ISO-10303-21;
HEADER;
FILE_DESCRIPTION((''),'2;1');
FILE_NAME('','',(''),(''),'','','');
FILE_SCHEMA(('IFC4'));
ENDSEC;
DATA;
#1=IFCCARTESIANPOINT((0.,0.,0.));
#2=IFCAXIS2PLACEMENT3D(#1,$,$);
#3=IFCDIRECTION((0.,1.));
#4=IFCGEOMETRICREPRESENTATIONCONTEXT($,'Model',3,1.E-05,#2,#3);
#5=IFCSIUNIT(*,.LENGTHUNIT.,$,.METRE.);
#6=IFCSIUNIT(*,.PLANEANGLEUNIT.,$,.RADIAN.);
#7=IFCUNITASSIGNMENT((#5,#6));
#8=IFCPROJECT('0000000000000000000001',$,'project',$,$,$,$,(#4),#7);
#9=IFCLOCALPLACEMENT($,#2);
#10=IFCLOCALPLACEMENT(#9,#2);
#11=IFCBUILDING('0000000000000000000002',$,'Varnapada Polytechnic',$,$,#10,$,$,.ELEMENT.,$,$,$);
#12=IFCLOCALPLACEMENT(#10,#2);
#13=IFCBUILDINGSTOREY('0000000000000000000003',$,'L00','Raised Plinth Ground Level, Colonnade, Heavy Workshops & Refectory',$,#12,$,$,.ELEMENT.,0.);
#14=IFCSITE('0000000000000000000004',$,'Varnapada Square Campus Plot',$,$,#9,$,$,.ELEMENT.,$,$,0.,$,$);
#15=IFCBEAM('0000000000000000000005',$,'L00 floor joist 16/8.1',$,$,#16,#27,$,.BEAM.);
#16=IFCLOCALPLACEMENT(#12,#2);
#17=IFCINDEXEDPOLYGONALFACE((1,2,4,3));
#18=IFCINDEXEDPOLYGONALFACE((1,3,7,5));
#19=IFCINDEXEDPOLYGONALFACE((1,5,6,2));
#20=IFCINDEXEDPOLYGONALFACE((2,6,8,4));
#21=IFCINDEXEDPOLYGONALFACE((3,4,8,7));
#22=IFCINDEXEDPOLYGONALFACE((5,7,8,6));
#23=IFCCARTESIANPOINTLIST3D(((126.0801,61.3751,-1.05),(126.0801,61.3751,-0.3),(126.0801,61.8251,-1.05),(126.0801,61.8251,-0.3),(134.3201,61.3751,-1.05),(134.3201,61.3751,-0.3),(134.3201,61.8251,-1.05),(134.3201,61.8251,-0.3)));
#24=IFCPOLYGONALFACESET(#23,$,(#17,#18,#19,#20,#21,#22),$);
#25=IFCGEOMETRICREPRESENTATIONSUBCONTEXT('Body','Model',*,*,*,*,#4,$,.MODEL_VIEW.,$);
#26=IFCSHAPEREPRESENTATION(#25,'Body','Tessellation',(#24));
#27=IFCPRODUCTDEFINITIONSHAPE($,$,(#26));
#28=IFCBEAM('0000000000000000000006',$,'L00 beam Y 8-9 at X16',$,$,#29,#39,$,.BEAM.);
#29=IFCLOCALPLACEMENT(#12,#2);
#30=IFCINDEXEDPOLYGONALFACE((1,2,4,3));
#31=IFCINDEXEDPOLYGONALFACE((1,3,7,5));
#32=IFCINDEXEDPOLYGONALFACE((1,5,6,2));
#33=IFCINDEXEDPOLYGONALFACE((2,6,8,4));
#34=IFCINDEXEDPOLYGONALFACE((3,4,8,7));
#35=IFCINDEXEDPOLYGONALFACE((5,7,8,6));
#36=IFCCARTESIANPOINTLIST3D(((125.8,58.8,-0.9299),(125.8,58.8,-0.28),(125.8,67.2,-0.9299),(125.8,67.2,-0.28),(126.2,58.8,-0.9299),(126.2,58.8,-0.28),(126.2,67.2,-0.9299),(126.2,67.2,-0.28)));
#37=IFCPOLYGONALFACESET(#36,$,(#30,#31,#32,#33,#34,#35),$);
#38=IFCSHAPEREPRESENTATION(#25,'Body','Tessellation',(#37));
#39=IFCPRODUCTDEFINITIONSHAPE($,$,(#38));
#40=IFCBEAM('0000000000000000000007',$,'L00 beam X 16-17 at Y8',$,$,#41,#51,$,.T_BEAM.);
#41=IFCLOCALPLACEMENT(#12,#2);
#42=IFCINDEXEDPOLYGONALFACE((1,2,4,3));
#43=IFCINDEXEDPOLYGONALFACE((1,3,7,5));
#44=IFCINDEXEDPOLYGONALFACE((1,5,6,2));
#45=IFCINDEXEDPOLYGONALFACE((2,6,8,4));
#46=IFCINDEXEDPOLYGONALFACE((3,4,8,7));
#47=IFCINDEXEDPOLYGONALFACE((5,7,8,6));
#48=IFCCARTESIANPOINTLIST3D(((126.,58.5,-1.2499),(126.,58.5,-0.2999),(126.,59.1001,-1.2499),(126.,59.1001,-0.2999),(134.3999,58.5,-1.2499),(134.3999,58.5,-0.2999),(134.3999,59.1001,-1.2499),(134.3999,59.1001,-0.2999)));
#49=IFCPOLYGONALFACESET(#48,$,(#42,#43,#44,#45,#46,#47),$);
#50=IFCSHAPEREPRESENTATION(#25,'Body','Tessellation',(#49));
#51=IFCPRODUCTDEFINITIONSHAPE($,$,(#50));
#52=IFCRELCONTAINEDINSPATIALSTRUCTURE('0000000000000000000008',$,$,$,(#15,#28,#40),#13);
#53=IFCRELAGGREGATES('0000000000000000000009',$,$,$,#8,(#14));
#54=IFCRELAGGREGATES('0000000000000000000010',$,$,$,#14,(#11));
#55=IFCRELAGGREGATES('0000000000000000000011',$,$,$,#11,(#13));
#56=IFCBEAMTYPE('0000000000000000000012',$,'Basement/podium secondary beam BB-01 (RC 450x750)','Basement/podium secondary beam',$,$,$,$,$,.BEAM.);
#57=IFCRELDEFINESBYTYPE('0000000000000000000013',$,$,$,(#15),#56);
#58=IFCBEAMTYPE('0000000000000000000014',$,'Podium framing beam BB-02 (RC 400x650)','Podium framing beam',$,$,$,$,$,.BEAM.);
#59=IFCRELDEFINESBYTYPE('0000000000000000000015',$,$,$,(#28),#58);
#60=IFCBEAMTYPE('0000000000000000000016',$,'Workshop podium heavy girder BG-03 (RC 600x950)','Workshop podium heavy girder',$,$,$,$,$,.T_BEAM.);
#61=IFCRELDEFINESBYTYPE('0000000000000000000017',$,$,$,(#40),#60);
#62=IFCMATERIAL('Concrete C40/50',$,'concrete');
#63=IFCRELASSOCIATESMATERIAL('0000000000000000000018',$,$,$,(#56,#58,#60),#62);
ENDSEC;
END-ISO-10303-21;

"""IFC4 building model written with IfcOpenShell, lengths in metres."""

from ifc_helpers import new_model, si_unit, direction, frame, origin, origin_2d, place, context, subcontext, project, spatial, rectangle, extrude, material, material_profile, profile_set, type_object, element, save


model = new_model("IFC4")

# Units and contexts
model_context = context("Model", 3, precision=1e-05, world=origin(), true_north=direction((0.0, 1.0)))
body_context = subcontext(model_context, "Body", "Model", "MODEL_VIEW")
ifc_project = project(units=[si_unit("LENGTHUNIT", "METRE"), si_unit("PLANEANGLEUNIT", "RADIAN")], contexts=[model_context])

# Site, building, storey
site_placement = place(None, origin())
site = spatial("IfcSite", under=ifc_project, at=site_placement, Name="Varnapada Square Campus Plot", CompositionType="ELEMENT", RefElevation=0.0)
building_placement = place(site_placement, origin())
building = spatial("IfcBuilding", under=site, at=building_placement, Name="Varnapada Polytechnic", CompositionType="ELEMENT")
storey_placement = place(building_placement, origin())
storey = spatial("IfcBuildingStorey", under=building, at=storey_placement, Name="L00", Description="Raised Plinth Ground Level, Colonnade, Heavy Workshops & Refectory", CompositionType="ELEMENT", Elevation=0.0)

# Beams
ifc_material_1 = material(Name="Concrete C40/50", Category="concrete")
ifc_material_profile_1 = material_profile(ifc_material_1, rectangle(XDim=0.45, YDim=0.75, at=origin_2d()), Name="RC 450x750")
ifc_profile_set_1 = profile_set([ifc_material_profile_1], Name="Concrete C40/50")
beam_type_1 = type_object("IfcBeamType", Name="Basement/podium secondary beam BB-01 (RC 450x750)", Description="Basement/podium secondary beam", PredefinedType="BEAM", material=ifc_profile_set_1)
beam_1_placement = place(storey_placement, frame((126.0801, 61.6001, -0.675), z_axis=(1.0, 0.0, 0.0), x_axis=(0.0, 1.0, 0.0)))
element("IfcBeam", 1, at=beam_1_placement, inside=storey, type_object=beam_type_1, Name="L00 floor joist 16/8.1", PredefinedType="BEAM", context=body_context, shape_type="SweptSolid", body=[
    extrude(rectangle(XDim=0.45, YDim=0.75, at=origin_2d()), origin(), (0.0, 0.0, 1.0), 8.24),
])
ifc_material_profile_2 = material_profile(ifc_material_1, rectangle(XDim=0.3999, YDim=0.6499, at=origin_2d()), Name="RC 400x650")
ifc_profile_set_2 = profile_set([ifc_material_profile_2], Name="Concrete C40/50")
beam_type_2 = type_object("IfcBeamType", Name="Podium framing beam BB-02 (RC 400x650)", Description="Podium framing beam", PredefinedType="BEAM", material=ifc_profile_set_2)
beam_2_placement = place(storey_placement, frame((126.0, 58.8, -0.605), z_axis=(0.0, 1.0, 0.0), x_axis=(-1.0, 0.0, 0.0)))
element("IfcBeam", 2, at=beam_2_placement, inside=storey, type_object=beam_type_2, Name="L00 beam Y 8-9 at X16", PredefinedType="BEAM", context=body_context, shape_type="SweptSolid", body=[
    extrude(rectangle(XDim=0.3999, YDim=0.6499, at=origin_2d()), origin(), (0.0, 0.0, 1.0), 8.3999),
])
ifc_material_profile_3 = material_profile(ifc_material_1, rectangle(XDim=0.6001, YDim=0.95, at=origin_2d()), Name="RC 600x950")
ifc_profile_set_3 = profile_set([ifc_material_profile_3], Name="Concrete C40/50")
beam_type_3 = type_object("IfcBeamType", Name="Workshop podium heavy girder BG-03 (RC 600x950)", Description="Workshop podium heavy girder", PredefinedType="T_BEAM", material=ifc_profile_set_3)
beam_3_placement = place(storey_placement, frame((126.0, 58.8, -0.7749), z_axis=(1.0, 0.0, 0.0), x_axis=(0.0, 1.0, 0.0)))
element("IfcBeam", 3, at=beam_3_placement, inside=storey, type_object=beam_type_3, Name="L00 beam X 16-17 at Y8", PredefinedType="T_BEAM", context=body_context, shape_type="SweptSolid", body=[
    extrude(rectangle(XDim=0.6001, YDim=0.95, at=origin_2d()), origin(), (0.0, 0.0, 1.0), 8.3999),
])

save(model, "model.ifc")
